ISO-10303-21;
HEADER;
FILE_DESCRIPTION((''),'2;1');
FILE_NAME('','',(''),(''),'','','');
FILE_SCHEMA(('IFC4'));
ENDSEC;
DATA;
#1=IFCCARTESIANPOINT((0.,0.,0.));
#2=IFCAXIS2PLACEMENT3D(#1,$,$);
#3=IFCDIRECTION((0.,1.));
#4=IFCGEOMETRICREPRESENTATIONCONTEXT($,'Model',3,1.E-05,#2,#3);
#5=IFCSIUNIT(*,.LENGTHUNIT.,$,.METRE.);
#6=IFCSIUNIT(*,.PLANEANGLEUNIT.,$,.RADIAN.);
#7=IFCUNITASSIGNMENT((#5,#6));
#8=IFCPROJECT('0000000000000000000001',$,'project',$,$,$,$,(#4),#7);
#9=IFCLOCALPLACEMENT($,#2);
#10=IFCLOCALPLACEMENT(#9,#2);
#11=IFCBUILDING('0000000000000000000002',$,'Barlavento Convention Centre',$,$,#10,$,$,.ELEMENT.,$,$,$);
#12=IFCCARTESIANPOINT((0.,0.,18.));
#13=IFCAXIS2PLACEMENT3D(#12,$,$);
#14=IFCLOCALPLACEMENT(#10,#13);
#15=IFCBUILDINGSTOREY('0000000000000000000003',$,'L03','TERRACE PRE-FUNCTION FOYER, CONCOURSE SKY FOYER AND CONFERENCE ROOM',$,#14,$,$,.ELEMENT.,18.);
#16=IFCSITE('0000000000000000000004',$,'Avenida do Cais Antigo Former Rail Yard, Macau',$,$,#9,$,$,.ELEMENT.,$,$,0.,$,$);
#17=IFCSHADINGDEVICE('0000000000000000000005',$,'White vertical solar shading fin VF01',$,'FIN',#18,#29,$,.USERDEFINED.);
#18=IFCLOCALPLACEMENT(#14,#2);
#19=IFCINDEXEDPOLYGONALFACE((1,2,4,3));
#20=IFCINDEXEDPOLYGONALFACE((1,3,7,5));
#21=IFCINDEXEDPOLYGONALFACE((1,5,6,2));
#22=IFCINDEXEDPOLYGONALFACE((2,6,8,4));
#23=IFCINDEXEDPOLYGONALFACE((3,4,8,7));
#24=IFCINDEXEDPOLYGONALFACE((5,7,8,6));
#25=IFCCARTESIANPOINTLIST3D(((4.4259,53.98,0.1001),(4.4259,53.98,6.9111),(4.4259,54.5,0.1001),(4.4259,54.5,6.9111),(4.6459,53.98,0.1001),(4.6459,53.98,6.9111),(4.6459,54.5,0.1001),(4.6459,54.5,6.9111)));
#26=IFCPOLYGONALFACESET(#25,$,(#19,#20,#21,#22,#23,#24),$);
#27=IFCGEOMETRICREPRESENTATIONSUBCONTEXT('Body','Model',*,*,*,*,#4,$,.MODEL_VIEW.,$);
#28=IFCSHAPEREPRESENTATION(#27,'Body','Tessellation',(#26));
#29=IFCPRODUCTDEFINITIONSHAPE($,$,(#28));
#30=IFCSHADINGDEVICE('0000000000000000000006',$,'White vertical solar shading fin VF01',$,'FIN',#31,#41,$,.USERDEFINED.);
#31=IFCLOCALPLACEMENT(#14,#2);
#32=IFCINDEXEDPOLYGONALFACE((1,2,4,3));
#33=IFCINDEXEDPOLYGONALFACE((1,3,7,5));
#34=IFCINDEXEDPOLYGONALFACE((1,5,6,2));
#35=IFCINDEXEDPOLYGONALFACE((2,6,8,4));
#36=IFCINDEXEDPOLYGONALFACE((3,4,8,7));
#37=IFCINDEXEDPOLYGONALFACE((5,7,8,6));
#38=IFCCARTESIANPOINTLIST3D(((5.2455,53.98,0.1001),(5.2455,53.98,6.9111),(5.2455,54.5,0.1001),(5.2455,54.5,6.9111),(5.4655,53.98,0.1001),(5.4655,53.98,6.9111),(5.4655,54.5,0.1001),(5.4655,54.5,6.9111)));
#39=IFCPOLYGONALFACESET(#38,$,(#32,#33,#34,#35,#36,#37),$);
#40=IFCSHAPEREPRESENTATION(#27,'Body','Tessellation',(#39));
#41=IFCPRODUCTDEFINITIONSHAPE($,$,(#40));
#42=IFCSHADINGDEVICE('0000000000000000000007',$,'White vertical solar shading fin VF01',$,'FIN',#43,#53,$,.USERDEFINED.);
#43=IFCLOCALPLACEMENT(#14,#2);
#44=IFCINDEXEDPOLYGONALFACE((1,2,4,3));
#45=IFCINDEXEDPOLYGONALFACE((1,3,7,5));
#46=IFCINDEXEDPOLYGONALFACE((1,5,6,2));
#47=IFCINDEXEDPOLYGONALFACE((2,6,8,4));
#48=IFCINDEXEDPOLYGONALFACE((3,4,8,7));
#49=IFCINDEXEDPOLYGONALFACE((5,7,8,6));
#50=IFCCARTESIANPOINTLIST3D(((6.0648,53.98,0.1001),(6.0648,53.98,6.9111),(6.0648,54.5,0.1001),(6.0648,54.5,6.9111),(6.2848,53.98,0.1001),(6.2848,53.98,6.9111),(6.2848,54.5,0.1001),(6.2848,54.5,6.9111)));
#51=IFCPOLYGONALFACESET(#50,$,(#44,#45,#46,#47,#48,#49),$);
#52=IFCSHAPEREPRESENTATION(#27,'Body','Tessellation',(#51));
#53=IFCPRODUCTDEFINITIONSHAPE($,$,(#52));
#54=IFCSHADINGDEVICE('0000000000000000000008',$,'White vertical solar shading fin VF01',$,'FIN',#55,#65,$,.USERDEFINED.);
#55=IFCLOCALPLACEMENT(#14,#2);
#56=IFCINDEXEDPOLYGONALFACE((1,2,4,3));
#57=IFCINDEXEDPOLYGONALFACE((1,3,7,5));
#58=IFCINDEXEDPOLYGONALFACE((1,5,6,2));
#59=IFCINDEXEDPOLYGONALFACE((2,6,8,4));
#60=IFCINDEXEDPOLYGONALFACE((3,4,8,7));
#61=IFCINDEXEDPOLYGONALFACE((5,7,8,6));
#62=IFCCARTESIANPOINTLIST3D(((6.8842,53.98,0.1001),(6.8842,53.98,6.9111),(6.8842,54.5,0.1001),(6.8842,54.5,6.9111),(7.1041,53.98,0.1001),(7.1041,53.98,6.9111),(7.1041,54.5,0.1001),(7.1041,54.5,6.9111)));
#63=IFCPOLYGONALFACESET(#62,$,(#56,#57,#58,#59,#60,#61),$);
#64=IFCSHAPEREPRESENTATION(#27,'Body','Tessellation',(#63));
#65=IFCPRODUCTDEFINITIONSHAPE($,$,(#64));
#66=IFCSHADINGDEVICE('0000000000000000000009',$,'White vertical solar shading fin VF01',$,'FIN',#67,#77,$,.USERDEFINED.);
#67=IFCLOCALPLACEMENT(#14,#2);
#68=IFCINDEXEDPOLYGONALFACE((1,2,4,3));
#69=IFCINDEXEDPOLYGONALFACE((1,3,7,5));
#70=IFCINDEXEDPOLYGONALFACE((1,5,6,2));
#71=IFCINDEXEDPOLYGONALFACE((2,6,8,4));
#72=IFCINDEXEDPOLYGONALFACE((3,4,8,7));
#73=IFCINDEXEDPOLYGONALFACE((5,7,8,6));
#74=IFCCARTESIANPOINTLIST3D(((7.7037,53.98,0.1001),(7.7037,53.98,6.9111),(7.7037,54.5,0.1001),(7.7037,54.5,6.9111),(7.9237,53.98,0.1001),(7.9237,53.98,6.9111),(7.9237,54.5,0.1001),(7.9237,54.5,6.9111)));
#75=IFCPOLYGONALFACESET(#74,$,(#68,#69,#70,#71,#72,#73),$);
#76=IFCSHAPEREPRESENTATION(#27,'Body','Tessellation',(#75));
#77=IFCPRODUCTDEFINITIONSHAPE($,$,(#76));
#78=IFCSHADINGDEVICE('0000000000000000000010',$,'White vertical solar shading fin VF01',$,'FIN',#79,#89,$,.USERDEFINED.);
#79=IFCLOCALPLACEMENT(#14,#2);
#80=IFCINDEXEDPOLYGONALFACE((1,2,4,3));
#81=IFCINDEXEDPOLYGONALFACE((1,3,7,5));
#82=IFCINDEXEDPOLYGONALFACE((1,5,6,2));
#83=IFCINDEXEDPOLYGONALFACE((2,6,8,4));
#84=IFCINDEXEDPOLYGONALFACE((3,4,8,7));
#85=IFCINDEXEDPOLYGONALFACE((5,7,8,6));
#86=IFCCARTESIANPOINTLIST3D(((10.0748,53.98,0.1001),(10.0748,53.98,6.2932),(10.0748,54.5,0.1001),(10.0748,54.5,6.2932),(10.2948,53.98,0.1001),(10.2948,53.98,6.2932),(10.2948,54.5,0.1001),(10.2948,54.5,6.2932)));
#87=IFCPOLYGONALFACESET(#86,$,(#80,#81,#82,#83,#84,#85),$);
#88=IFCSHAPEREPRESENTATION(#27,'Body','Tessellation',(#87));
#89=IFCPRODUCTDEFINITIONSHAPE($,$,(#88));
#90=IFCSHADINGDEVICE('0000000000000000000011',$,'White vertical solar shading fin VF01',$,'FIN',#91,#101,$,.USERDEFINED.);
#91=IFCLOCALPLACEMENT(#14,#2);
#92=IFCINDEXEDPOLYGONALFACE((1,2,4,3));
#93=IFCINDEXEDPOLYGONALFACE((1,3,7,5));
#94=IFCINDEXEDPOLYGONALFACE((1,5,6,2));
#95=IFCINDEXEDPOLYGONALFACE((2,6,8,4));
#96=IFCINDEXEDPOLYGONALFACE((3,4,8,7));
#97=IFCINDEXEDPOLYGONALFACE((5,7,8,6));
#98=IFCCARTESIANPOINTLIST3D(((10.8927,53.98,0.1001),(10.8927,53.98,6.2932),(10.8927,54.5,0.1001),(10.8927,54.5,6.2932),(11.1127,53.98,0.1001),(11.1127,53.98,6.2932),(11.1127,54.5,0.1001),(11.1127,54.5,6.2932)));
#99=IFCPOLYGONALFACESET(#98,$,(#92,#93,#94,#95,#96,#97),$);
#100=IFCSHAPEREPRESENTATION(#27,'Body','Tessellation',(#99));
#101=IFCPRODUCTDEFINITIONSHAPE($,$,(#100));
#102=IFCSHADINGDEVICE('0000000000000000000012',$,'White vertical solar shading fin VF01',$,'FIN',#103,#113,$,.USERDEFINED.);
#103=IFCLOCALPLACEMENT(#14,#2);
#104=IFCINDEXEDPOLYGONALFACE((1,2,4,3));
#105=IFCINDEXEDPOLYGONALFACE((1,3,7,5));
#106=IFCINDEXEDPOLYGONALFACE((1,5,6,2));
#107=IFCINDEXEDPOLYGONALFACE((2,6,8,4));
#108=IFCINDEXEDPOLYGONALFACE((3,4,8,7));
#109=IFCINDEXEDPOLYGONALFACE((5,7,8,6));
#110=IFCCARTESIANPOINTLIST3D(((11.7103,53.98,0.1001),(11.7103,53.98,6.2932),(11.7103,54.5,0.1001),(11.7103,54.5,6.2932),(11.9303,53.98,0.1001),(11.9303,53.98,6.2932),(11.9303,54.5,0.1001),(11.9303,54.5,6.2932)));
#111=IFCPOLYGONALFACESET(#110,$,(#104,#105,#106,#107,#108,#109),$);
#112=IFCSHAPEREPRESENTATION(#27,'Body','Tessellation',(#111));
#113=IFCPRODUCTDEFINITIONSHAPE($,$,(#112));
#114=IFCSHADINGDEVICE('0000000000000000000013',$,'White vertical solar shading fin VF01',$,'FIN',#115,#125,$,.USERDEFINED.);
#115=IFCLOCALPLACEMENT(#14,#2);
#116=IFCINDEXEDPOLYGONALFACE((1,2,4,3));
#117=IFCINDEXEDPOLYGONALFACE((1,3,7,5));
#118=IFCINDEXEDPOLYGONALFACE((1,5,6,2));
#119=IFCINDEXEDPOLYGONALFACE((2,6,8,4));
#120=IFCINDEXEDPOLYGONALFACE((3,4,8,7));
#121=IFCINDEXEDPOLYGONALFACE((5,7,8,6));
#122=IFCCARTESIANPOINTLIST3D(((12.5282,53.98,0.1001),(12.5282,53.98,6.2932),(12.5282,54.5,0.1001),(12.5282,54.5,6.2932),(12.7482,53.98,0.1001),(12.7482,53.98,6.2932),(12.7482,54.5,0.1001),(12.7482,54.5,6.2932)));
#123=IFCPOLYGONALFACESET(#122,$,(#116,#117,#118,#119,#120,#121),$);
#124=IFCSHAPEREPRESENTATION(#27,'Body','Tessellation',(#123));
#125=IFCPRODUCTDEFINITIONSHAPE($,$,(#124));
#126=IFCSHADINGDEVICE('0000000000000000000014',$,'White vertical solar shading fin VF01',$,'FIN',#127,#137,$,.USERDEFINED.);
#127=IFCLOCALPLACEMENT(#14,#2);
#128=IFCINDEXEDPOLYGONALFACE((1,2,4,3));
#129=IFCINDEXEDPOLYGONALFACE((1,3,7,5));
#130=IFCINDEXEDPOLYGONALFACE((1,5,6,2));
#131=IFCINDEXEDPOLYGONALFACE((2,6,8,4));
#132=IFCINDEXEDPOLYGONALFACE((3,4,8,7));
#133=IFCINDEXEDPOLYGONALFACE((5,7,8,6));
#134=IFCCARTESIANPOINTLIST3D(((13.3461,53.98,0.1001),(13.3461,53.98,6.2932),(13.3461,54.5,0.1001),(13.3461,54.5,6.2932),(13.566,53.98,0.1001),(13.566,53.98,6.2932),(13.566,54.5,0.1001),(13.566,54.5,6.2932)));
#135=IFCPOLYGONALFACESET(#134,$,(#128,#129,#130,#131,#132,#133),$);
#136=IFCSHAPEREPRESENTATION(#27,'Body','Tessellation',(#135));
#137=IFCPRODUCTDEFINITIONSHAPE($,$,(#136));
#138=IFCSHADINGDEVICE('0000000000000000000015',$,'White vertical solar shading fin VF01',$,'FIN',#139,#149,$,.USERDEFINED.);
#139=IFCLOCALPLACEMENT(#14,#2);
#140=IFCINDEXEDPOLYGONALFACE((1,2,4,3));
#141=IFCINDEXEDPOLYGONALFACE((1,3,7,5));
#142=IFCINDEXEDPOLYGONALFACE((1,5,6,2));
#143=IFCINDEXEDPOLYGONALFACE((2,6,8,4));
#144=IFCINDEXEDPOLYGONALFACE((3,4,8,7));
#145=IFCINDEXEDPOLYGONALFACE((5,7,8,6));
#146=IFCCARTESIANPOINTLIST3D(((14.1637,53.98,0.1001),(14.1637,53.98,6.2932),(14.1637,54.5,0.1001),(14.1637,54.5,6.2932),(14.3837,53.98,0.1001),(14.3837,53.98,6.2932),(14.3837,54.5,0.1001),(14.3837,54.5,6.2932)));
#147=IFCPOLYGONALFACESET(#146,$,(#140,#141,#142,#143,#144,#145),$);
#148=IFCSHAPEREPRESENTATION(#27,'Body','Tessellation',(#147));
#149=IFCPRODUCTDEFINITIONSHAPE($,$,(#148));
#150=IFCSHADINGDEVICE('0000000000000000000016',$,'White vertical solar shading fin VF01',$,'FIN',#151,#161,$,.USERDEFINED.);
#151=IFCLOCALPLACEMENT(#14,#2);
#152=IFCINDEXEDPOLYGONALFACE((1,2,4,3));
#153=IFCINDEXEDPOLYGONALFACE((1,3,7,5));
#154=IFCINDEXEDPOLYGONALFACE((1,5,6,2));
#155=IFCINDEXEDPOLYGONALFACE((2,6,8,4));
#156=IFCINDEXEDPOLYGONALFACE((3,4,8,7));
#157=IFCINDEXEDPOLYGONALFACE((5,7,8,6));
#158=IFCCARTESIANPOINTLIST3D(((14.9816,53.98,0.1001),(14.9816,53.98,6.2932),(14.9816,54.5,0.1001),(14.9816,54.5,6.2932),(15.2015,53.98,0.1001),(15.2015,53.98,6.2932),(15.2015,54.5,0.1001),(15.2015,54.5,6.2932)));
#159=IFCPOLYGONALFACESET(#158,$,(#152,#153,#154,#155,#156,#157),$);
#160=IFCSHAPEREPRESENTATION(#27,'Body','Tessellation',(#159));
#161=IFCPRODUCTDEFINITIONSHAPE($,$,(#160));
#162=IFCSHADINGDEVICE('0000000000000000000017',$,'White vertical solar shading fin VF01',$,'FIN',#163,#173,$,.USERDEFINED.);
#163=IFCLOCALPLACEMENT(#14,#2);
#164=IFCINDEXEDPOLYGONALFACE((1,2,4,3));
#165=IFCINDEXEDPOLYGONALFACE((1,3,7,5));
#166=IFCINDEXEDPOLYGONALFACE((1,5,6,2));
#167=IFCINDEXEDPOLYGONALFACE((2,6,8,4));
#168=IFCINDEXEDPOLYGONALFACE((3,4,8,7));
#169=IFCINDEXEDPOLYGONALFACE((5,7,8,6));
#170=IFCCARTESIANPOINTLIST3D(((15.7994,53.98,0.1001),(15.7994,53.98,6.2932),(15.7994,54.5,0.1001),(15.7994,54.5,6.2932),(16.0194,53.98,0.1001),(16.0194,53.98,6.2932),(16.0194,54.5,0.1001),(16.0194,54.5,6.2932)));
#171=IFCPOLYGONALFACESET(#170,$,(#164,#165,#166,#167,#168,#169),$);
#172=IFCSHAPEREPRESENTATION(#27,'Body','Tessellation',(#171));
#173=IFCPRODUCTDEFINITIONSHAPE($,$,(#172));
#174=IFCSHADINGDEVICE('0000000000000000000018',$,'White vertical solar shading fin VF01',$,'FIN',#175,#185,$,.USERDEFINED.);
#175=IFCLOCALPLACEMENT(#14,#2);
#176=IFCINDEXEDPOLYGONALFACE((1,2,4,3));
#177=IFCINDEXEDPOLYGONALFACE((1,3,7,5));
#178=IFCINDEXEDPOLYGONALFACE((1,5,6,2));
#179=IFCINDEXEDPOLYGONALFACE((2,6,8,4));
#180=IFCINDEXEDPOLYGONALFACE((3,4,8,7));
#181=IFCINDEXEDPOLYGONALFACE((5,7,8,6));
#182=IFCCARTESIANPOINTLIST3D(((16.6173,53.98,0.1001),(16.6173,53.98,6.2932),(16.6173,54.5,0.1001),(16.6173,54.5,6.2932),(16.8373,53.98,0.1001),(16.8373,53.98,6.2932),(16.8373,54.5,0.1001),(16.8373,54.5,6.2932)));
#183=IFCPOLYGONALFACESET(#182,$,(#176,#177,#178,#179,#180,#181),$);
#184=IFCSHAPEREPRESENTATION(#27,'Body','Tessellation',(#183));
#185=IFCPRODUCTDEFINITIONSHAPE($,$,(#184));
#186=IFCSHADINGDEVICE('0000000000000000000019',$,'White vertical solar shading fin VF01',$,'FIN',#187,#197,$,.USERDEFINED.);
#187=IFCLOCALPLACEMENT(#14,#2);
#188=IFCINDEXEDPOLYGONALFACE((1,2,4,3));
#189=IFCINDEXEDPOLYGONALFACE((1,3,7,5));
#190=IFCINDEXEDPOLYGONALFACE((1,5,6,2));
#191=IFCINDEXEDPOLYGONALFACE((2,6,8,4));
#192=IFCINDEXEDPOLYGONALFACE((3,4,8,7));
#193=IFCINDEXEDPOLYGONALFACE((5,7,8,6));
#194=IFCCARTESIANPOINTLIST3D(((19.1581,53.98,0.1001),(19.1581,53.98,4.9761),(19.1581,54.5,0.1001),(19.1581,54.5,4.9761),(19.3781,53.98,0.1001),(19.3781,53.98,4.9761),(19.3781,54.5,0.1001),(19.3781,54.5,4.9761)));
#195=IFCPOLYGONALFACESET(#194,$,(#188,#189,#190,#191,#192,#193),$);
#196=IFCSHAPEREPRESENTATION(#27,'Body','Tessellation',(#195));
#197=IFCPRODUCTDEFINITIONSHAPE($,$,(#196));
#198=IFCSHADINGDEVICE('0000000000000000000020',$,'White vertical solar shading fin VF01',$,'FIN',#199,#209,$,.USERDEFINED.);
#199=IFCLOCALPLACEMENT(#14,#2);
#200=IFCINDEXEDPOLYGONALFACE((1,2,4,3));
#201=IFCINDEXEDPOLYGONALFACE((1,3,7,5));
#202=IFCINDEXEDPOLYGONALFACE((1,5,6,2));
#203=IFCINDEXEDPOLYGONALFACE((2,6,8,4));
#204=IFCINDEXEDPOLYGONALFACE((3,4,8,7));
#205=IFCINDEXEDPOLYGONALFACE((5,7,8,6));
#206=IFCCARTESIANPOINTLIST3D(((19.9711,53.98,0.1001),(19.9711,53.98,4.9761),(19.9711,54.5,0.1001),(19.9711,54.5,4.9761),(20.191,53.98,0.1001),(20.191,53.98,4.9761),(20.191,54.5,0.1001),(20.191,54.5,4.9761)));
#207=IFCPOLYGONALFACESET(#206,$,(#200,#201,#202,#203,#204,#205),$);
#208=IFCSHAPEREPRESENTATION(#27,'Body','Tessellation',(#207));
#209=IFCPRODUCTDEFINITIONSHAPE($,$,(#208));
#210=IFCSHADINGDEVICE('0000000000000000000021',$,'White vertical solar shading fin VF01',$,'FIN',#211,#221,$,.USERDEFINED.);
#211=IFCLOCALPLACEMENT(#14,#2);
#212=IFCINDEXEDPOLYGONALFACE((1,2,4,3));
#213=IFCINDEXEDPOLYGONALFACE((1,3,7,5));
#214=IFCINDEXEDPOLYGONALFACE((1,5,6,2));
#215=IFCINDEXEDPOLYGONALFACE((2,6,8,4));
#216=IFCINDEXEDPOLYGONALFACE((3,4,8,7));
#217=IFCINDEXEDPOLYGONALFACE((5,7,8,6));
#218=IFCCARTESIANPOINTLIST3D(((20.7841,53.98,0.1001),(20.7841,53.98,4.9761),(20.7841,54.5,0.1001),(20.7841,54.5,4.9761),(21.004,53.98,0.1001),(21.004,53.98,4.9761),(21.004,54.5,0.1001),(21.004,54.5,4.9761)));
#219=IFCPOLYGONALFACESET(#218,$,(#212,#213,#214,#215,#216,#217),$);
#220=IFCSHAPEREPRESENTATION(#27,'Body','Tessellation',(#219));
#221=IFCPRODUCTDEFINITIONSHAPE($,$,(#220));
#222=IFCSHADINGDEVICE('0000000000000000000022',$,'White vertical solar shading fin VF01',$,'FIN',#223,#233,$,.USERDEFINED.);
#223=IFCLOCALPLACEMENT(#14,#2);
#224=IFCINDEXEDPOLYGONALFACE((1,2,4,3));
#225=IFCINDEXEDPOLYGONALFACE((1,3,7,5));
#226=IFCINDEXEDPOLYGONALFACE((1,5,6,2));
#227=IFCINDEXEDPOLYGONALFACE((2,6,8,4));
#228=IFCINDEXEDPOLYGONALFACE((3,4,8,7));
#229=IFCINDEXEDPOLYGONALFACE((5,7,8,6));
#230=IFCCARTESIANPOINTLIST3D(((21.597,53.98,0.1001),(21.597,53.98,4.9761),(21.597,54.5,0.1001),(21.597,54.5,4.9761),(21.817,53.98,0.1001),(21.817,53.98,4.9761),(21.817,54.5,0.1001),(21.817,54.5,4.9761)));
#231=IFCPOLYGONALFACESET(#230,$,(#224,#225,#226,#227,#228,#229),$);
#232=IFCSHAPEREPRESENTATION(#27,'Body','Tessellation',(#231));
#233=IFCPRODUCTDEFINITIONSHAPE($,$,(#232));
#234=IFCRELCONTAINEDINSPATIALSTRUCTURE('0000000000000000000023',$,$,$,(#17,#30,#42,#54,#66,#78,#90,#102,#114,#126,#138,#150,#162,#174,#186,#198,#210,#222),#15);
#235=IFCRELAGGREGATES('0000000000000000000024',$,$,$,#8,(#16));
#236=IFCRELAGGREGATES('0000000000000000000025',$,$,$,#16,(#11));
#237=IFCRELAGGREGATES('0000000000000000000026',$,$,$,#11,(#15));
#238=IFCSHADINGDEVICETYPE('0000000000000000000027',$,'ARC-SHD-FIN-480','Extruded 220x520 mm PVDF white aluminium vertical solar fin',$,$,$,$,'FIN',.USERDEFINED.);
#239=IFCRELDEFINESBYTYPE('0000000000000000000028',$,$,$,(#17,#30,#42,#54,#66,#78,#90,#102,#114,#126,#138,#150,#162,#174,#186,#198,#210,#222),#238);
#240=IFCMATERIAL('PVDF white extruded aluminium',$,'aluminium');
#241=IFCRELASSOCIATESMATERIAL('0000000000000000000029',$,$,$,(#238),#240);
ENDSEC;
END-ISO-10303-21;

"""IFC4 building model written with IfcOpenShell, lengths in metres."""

from ifc_helpers import new_model, si_unit, direction, frame, origin, origin_2d, place, context, subcontext, project, spatial, rectangle, extrude, material, type_object, element, save


model = new_model("IFC4")

# Units and contexts
model_context = context("Model", 3, precision=1e-05, world=origin(), true_north=direction((0.0, 1.0)))
body_context = subcontext(model_context, "Body", "Model", "MODEL_VIEW")
ifc_project = project(units=[si_unit("LENGTHUNIT", "METRE"), si_unit("PLANEANGLEUNIT", "RADIAN")], contexts=[model_context])

# Site, building, storey
site_placement = place(None, origin())
site = spatial("IfcSite", under=ifc_project, at=site_placement, Name="Avenida do Cais Antigo Former Rail Yard, Macau", CompositionType="ELEMENT", RefElevation=0.0)
building_placement = place(site_placement, origin())
building = spatial("IfcBuilding", under=site, at=building_placement, Name="Barlavento Convention Centre", CompositionType="ELEMENT")
storey_placement = place(building_placement, frame((0.0, 0.0, 18.0)))
storey = spatial("IfcBuildingStorey", under=building, at=storey_placement, Name="L03", Description="TERRACE PRE-FUNCTION FOYER, CONCOURSE SKY FOYER AND CONFERENCE ROOM", CompositionType="ELEMENT", Elevation=18.0)

# Shading devices
ifc_material_1 = material(Name="PVDF white extruded aluminium", Category="aluminium")
shading_device_type = type_object("IfcShadingDeviceType", Name="ARC-SHD-FIN-480", Description="Extruded 220x520 mm PVDF white aluminium vertical solar fin", ElementType="FIN", PredefinedType="USERDEFINED", material=ifc_material_1)
for number, where, z_axis, x_axis, name in (
    (1, (4.5359, 54.24, 0.1001), (0.0, 0.0, 1.0), (1.0, 0.0, 0.0), "White vertical solar shading fin VF01"),
    (2, (5.3555, 54.24, 0.1001), (0.0, 0.0, 1.0), (1.0, 0.0, 0.0), "White vertical solar shading fin VF01"),
    (3, (6.1748, 54.24, 0.1001), (0.0, 0.0, 1.0), (1.0, 0.0, 0.0), "White vertical solar shading fin VF01"),
    (4, (6.9941, 54.24, 0.1001), (0.0, 0.0, 1.0), (1.0, 0.0, 0.0), "White vertical solar shading fin VF01"),
    (5, (7.8137, 54.24, 0.1001), (0.0, 0.0, 1.0), (1.0, 0.0, 0.0), "White vertical solar shading fin VF01"),
):
    element("IfcShadingDevice", number, at=place(storey_placement, frame(where, z_axis=z_axis, x_axis=x_axis)), inside=storey, type_object=shading_device_type, Name=name, ObjectType="FIN", PredefinedType="USERDEFINED", context=body_context, shape_type="SweptSolid", body=[
        extrude(rectangle(XDim=0.22, YDim=0.52, at=origin_2d()), origin(), (0.0, 0.0, 1.0), 6.811),
    ])
for number, where, z_axis, x_axis, name in (
    (6, (10.1848, 54.24, 0.1001), (0.0, 0.0, 1.0), (1.0, 0.0, 0.0), "White vertical solar shading fin VF01"),
    (7, (11.0027, 54.24, 0.1001), (0.0, 0.0, 1.0), (1.0, 0.0, 0.0), "White vertical solar shading fin VF01"),
    (8, (11.8203, 54.24, 0.1001), (0.0, 0.0, 1.0), (1.0, 0.0, 0.0), "White vertical solar shading fin VF01"),
    (9, (12.6382, 54.24, 0.1001), (0.0, 0.0, 1.0), (1.0, 0.0, 0.0), "White vertical solar shading fin VF01"),
    (10, (13.4561, 54.24, 0.1001), (0.0, 0.0, 1.0), (1.0, 0.0, 0.0), "White vertical solar shading fin VF01"),
    (11, (14.2737, 54.24, 0.1001), (0.0, 0.0, 1.0), (1.0, 0.0, 0.0), "White vertical solar shading fin VF01"),
    (12, (15.0916, 54.24, 0.1001), (0.0, 0.0, 1.0), (1.0, 0.0, 0.0), "White vertical solar shading fin VF01"),
    (13, (15.9094, 54.24, 0.1001), (0.0, 0.0, 1.0), (1.0, 0.0, 0.0), "White vertical solar shading fin VF01"),
    (14, (16.7273, 54.24, 0.1001), (0.0, 0.0, 1.0), (1.0, 0.0, 0.0), "White vertical solar shading fin VF01"),
):
    element("IfcShadingDevice", number, at=place(storey_placement, frame(where, z_axis=z_axis, x_axis=x_axis)), inside=storey, type_object=shading_device_type, Name=name, ObjectType="FIN", PredefinedType="USERDEFINED", context=body_context, shape_type="SweptSolid", body=[
        extrude(rectangle(XDim=0.22, YDim=0.52, at=origin_2d()), origin(), (0.0, 0.0, 1.0), 6.1931),
    ])
for number, where, z_axis, x_axis, name in (
    (15, (19.2681, 54.24, 0.1001), (0.0, 0.0, 1.0), (1.0, 0.0, 0.0), "White vertical solar shading fin VF01"),
    (16, (20.0811, 54.24, 0.1001), (0.0, 0.0, 1.0), (1.0, 0.0, 0.0), "White vertical solar shading fin VF01"),
    (17, (20.894, 54.24, 0.1001), (0.0, 0.0, 1.0), (1.0, 0.0, 0.0), "White vertical solar shading fin VF01"),
    (18, (21.707, 54.24, 0.1001), (0.0, 0.0, 1.0), (1.0, 0.0, 0.0), "White vertical solar shading fin VF01"),
):
    element("IfcShadingDevice", number, at=place(storey_placement, frame(where, z_axis=z_axis, x_axis=x_axis)), inside=storey, type_object=shading_device_type, Name=name, ObjectType="FIN", PredefinedType="USERDEFINED", context=body_context, shape_type="SweptSolid", body=[
        extrude(rectangle(XDim=0.22, YDim=0.52, at=origin_2d()), origin(), (0.0, 0.0, 1.0), 4.876),
    ])

save(model, "model.ifc")
